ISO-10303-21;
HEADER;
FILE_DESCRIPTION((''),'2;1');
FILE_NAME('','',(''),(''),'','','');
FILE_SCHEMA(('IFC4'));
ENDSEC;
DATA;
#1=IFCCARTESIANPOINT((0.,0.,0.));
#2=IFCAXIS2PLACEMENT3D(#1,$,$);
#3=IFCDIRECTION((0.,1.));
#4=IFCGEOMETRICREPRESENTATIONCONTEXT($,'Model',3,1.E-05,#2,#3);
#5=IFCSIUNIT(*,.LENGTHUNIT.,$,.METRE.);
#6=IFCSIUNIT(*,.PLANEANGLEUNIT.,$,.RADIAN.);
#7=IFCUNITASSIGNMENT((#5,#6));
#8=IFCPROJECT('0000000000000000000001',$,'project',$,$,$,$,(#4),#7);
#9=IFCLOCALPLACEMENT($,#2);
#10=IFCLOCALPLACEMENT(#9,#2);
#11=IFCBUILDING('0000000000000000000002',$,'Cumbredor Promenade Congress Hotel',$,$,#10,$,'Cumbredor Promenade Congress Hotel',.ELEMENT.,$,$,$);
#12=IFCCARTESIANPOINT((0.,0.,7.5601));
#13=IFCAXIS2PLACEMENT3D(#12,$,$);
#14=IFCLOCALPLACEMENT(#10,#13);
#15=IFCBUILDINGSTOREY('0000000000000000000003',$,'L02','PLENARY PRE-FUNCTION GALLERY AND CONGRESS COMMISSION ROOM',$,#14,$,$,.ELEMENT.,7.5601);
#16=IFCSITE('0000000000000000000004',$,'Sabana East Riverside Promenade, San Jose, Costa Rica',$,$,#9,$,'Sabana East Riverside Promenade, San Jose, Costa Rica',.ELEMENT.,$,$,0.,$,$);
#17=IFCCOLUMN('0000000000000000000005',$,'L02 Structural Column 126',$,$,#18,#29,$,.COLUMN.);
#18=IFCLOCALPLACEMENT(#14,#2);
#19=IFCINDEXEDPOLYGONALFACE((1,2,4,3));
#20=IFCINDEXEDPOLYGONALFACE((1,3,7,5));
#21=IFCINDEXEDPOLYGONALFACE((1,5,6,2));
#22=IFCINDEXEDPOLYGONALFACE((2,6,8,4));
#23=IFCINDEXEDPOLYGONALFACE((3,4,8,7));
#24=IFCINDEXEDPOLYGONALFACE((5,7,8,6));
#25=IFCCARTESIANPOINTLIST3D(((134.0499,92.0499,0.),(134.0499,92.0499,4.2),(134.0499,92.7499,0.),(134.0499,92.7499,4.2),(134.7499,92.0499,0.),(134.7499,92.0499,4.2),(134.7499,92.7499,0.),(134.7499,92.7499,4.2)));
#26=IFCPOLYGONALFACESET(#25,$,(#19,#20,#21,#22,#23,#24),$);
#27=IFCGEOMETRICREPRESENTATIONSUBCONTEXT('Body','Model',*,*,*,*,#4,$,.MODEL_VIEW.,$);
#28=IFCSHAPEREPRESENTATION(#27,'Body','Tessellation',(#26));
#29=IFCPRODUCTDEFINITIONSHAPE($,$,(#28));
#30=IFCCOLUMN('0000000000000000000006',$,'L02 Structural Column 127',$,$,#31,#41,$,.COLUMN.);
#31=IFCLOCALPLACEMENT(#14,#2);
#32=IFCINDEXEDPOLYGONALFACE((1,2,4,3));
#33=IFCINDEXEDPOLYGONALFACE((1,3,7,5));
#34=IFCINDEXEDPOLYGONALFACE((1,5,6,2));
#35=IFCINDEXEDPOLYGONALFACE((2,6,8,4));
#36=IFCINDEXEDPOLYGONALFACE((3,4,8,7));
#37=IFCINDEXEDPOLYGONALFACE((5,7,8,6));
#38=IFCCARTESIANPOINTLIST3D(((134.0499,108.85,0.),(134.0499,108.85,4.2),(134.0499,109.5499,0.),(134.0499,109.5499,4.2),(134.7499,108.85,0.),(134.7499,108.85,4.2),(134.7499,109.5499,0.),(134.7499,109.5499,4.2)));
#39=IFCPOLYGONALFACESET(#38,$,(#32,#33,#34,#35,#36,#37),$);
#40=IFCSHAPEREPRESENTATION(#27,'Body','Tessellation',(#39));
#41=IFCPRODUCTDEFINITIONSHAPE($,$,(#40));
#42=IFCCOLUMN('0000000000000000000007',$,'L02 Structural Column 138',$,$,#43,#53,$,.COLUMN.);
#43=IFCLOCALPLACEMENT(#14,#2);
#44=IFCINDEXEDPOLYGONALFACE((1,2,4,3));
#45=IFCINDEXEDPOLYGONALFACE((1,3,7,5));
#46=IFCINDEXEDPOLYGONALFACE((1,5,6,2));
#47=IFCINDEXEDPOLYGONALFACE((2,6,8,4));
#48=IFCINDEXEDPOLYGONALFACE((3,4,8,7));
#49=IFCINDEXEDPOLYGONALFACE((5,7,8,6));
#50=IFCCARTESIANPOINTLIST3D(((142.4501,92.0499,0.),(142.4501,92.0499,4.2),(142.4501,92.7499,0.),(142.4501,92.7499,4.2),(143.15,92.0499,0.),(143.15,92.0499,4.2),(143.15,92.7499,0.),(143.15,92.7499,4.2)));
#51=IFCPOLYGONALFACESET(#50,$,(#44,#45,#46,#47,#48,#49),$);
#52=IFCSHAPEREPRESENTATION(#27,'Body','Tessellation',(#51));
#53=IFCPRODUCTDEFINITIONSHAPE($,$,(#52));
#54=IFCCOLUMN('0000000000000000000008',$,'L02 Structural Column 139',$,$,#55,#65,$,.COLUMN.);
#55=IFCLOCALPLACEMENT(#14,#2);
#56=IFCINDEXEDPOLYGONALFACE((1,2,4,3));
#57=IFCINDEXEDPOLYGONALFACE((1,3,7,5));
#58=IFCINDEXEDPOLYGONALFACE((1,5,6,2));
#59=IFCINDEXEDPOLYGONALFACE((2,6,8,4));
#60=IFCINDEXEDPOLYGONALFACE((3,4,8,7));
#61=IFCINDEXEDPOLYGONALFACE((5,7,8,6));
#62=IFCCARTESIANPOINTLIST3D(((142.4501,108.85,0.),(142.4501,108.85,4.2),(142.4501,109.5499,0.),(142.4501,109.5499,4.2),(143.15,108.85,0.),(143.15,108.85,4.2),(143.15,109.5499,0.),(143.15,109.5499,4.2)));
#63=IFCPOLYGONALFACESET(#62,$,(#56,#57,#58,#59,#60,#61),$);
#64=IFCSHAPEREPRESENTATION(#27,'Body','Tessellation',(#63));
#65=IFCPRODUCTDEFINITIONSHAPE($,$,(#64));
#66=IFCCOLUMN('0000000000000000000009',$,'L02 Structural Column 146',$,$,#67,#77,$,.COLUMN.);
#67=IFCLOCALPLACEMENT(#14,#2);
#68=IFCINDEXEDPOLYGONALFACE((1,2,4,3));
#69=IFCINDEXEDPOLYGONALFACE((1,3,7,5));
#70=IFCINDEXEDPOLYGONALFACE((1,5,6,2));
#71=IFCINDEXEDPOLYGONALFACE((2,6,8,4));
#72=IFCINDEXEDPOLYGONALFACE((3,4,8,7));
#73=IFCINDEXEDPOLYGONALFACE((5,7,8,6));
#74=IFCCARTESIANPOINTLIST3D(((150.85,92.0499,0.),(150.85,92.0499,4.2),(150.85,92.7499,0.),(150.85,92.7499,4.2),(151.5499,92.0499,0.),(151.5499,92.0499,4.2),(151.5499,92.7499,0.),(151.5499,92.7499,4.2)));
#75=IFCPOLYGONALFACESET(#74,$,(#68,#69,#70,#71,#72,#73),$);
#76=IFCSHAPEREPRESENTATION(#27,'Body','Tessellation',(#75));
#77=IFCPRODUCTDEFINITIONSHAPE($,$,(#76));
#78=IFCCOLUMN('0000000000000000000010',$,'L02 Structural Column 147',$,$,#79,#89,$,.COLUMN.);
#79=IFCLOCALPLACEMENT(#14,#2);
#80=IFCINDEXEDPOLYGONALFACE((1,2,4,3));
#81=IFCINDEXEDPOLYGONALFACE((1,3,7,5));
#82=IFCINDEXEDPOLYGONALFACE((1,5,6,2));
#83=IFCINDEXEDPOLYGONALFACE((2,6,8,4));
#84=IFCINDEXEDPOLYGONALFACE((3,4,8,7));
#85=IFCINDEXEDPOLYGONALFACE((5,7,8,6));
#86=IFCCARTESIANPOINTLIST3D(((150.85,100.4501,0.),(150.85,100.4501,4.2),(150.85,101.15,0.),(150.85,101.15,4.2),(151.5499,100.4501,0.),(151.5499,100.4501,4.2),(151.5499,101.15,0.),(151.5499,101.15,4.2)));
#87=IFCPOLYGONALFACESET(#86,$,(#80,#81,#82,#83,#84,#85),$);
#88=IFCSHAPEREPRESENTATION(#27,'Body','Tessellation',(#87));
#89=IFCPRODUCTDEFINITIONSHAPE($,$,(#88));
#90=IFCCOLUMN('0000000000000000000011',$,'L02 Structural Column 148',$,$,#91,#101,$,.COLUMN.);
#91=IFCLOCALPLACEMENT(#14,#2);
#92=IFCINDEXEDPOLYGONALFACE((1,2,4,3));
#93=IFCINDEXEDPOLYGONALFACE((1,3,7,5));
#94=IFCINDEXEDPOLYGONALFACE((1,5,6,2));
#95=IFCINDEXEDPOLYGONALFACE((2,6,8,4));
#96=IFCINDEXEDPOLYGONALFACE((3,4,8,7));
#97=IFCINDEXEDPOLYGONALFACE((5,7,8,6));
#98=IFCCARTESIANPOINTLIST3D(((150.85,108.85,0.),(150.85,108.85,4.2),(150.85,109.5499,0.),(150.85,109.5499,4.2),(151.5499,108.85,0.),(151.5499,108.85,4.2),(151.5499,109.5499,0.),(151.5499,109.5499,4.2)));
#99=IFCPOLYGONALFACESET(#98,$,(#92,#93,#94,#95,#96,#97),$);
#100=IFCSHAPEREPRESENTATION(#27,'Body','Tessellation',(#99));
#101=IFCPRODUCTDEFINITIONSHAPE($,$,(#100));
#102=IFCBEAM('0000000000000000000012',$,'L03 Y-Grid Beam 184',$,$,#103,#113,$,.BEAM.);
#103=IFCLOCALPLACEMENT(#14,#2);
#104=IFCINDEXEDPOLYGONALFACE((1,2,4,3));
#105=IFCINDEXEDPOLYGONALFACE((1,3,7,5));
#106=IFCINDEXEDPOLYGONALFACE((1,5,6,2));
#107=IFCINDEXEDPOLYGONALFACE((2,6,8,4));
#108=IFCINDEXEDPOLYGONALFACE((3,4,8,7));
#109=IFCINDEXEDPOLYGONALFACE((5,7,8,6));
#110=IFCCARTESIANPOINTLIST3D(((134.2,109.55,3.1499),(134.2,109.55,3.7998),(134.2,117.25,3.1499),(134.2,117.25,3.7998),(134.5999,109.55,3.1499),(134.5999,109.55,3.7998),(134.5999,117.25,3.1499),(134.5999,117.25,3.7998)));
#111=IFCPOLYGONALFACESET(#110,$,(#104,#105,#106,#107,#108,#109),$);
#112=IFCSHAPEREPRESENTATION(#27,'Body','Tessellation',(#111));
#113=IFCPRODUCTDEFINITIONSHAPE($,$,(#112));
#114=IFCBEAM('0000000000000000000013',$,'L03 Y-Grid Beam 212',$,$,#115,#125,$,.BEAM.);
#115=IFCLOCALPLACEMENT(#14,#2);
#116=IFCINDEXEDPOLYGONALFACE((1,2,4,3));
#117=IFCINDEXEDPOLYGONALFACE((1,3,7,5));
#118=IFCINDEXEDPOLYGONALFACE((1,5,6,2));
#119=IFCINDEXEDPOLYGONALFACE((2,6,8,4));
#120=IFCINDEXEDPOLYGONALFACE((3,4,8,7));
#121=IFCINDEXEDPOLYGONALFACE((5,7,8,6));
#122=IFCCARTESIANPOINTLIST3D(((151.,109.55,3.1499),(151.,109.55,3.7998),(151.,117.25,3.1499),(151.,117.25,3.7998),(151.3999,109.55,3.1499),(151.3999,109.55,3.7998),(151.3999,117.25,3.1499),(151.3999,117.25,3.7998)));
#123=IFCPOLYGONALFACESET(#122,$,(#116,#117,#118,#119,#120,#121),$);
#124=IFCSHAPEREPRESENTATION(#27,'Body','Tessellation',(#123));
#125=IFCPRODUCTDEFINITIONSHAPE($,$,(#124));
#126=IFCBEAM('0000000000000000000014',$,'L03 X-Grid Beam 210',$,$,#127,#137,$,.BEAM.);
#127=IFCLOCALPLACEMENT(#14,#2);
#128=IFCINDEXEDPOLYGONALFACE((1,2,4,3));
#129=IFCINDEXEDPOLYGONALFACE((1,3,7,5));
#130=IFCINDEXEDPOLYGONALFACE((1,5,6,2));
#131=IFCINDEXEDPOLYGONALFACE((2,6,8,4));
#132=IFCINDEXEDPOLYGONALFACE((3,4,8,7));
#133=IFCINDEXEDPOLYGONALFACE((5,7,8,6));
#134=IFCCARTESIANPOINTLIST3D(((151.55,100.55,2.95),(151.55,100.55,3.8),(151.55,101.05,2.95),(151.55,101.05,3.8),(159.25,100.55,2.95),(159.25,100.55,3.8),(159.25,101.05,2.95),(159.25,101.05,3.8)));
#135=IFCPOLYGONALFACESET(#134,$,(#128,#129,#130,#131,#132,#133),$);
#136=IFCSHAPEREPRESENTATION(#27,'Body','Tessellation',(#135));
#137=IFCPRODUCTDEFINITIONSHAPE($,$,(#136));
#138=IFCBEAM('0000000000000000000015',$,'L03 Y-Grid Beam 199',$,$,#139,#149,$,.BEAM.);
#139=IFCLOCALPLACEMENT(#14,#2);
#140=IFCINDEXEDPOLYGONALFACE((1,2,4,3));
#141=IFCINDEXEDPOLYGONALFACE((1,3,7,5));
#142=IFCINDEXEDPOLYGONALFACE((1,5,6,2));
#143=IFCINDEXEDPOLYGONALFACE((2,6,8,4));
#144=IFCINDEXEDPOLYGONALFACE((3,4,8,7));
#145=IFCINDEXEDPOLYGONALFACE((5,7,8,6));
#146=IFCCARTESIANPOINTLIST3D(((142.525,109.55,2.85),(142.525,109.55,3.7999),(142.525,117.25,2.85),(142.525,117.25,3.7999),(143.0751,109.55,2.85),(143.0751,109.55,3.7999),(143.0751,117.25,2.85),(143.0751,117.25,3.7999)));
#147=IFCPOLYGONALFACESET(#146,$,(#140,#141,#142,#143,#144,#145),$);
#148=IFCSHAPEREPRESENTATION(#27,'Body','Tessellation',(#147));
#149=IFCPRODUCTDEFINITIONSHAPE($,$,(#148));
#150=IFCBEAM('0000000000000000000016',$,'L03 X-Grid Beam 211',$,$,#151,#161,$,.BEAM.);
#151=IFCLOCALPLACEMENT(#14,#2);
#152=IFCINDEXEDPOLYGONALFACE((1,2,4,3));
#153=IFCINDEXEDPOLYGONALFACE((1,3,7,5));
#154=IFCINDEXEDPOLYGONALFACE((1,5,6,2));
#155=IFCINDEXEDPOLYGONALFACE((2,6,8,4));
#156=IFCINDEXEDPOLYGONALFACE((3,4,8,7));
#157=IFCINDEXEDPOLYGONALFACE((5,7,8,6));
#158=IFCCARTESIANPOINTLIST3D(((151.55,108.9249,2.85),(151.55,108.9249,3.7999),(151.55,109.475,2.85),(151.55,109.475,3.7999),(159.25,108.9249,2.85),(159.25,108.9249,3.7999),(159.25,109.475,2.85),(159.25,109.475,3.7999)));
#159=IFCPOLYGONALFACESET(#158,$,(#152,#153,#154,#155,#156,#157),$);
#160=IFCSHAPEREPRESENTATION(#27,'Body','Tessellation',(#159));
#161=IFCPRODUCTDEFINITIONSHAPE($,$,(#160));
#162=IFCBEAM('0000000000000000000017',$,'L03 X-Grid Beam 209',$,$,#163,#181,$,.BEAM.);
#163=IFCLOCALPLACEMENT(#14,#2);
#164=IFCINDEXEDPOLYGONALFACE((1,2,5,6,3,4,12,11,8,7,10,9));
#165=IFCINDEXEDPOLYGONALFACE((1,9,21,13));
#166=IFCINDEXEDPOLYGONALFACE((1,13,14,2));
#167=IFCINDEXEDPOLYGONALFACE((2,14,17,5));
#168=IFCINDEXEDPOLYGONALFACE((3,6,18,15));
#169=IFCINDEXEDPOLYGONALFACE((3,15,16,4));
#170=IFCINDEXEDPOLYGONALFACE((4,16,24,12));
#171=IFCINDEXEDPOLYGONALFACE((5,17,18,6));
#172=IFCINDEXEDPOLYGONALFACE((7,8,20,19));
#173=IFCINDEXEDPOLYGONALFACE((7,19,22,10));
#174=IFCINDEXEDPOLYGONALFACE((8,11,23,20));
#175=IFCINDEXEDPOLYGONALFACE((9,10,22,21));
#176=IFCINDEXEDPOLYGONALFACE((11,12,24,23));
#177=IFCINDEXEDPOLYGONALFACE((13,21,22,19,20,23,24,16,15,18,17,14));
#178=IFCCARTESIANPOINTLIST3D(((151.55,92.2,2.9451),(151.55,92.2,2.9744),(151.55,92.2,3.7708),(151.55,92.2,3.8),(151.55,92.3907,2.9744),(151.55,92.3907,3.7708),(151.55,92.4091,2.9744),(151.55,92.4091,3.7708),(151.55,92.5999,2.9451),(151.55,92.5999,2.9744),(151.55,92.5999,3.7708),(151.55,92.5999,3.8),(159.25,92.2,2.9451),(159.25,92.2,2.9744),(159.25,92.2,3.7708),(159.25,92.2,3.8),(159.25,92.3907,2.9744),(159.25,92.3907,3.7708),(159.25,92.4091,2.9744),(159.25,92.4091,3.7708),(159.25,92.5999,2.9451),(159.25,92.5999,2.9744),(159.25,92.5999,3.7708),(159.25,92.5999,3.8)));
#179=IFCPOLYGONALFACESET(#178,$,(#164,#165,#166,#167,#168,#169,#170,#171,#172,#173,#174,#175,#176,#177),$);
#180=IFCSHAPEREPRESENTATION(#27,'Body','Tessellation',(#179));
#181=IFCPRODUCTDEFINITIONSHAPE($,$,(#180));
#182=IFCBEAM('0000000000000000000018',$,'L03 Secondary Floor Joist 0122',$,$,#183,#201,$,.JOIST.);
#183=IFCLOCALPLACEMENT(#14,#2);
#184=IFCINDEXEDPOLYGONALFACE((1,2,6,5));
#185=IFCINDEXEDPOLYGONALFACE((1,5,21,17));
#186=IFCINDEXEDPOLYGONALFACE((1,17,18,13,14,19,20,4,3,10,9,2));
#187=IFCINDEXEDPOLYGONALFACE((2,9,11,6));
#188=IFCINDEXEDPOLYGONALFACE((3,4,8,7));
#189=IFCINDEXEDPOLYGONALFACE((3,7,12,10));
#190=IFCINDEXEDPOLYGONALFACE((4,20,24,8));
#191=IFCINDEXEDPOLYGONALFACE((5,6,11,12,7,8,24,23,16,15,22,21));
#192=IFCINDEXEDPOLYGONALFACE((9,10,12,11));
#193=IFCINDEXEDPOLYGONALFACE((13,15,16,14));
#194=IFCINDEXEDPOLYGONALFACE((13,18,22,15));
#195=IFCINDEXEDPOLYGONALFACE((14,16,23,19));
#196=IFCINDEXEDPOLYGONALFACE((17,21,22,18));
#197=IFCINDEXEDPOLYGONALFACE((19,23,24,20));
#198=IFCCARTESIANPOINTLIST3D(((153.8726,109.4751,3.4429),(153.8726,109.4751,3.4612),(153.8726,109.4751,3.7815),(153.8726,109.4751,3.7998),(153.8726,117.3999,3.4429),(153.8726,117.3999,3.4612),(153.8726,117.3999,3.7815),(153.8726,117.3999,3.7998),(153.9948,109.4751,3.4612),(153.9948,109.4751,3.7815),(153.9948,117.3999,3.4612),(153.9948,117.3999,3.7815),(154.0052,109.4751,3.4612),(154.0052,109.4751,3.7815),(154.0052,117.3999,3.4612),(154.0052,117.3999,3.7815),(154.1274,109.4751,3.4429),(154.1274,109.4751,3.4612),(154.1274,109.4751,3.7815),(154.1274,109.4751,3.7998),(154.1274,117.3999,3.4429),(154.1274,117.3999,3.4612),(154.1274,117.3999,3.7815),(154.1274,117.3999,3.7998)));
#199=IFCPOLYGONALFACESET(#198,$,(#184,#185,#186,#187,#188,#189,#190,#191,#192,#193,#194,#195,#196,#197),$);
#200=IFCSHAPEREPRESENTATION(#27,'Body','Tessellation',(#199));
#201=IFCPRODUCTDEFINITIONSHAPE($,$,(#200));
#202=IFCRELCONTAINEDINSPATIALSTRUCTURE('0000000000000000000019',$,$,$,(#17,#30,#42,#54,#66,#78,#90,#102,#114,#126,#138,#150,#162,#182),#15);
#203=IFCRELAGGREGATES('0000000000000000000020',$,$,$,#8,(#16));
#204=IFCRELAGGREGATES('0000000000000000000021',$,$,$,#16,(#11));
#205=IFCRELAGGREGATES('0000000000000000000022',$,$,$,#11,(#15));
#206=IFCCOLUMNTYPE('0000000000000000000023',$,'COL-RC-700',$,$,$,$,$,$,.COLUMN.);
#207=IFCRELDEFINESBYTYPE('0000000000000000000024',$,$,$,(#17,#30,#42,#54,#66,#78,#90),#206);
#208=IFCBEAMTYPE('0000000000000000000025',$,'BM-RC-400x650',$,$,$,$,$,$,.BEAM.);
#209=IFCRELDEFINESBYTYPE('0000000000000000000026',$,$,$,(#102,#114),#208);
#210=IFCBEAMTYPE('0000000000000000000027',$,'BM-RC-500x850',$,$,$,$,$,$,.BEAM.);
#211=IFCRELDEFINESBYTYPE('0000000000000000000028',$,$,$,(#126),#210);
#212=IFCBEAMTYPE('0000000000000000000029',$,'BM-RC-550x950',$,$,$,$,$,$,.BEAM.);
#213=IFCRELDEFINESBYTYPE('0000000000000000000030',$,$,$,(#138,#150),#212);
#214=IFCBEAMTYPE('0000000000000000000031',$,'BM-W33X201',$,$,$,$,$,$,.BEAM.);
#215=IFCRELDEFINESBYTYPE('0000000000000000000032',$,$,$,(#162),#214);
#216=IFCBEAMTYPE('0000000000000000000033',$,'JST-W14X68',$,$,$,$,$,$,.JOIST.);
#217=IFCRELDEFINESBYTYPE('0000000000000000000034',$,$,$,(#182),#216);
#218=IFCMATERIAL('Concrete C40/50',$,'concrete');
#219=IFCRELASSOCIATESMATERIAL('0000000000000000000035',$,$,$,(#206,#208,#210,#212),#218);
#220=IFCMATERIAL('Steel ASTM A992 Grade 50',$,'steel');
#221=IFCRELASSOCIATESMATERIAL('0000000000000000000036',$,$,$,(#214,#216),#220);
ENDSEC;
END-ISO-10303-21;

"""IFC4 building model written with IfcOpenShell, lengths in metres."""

from ifc_helpers import new_model, si_unit, direction, frame, origin, origin_2d, place, context, subcontext, project, spatial, rectangle, i_section, extrude, material, material_profile, profile_set, type_object, element, save


model = new_model("IFC4")

# Units and contexts
model_context = context("Model", 3, precision=1e-05, world=origin(), true_north=direction((0.0, 1.0)))
body_context = subcontext(model_context, "Body", "Model", "MODEL_VIEW")
ifc_project = project(units=[si_unit("LENGTHUNIT", "METRE"), si_unit("PLANEANGLEUNIT", "RADIAN")], contexts=[model_context])

# Site, building, storey
site_placement = place(None, origin())
site = spatial("IfcSite", under=ifc_project, at=site_placement, Name="Sabana East Riverside Promenade, San Jose, Costa Rica", LongName="Sabana East Riverside Promenade, San Jose, Costa Rica", CompositionType="ELEMENT", RefElevation=0.0)
building_placement = place(site_placement, origin())
building = spatial("IfcBuilding", under=site, at=building_placement, Name="Cumbredor Promenade Congress Hotel", LongName="Cumbredor Promenade Congress Hotel", CompositionType="ELEMENT")
storey_placement = place(building_placement, frame((0.0, 0.0, 7.5601)))
storey = spatial("IfcBuildingStorey", under=building, at=storey_placement, Name="L02", Description="PLENARY PRE-FUNCTION GALLERY AND CONGRESS COMMISSION ROOM", CompositionType="ELEMENT", Elevation=7.5601)

# Columns
ifc_material_1 = material(Name="Concrete C40/50", Category="concrete")
ifc_material_profile_1 = material_profile(ifc_material_1, rectangle(XDim=0.7, YDim=0.7, at=origin_2d()), Name="RC 700x700")
ifc_profile_set_1 = profile_set([ifc_material_profile_1], Name="Concrete C40/50")
column_type = type_object("IfcColumnType", Name="COL-RC-700", PredefinedType="COLUMN", material=ifc_profile_set_1)
for number, where, z_axis, x_axis, name in (
    (1, (134.3999, 92.3999, 0.0), (0.0, 0.0, 1.0), (1.0, 0.0, 0.0), "L02 Structural Column 126"),
    (2, (134.3999, 109.2, 0.0), (0.0, 0.0, 1.0), (1.0, 0.0, 0.0), "L02 Structural Column 127"),
    (3, (142.8, 92.3999, 0.0), (0.0, 0.0, 1.0), (1.0, 0.0, 0.0), "L02 Structural Column 138"),
    (4, (142.8, 109.2, 0.0), (0.0, 0.0, 1.0), (1.0, 0.0, 0.0), "L02 Structural Column 139"),
    (5, (151.2, 92.3999, 0.0), (0.0, 0.0, 1.0), (1.0, 0.0, 0.0), "L02 Structural Column 146"),
    (6, (151.2, 100.8, 0.0), (0.0, 0.0, 1.0), (1.0, 0.0, 0.0), "L02 Structural Column 147"),
    (7, (151.2, 109.2, 0.0), (0.0, 0.0, 1.0), (1.0, 0.0, 0.0), "L02 Structural Column 148"),
):
    element("IfcColumn", number, at=place(storey_placement, frame(where, z_axis=z_axis, x_axis=x_axis)), inside=storey, type_object=column_type, Name=name, PredefinedType="COLUMN", context=body_context, shape_type="SweptSolid", body=[
        extrude(rectangle(XDim=0.7, YDim=0.7, at=origin_2d()), origin(), (0.0, 0.0, 1.0), 4.2),
    ])

# Beams
ifc_material_profile_2 = material_profile(ifc_material_1, rectangle(XDim=0.3999, YDim=0.6499, at=origin_2d()), Name="RC BEAM 400x650")
ifc_profile_set_2 = profile_set([ifc_material_profile_2], Name="Concrete C40/50")
beam_type_1 = type_object("IfcBeamType", Name="BM-RC-400x650", PredefinedType="BEAM", material=ifc_profile_set_2)
for number, where, z_axis, x_axis, name in (
    (8, (134.3999, 109.55, 3.4749), (0.0, 1.0, 0.0), (-1.0, 0.0, 0.0), "L03 Y-Grid Beam 184"),
    (9, (151.2, 109.55, 3.4749), (0.0, 1.0, 0.0), (-1.0, 0.0, 0.0), "L03 Y-Grid Beam 212"),
):
    element("IfcBeam", number, at=place(storey_placement, frame(where, z_axis=z_axis, x_axis=x_axis)), inside=storey, type_object=beam_type_1, Name=name, PredefinedType="BEAM", context=body_context, shape_type="SweptSolid", body=[
        extrude(rectangle(XDim=0.3999, YDim=0.6499, at=origin_2d()), origin(), (0.0, 0.0, 1.0), 7.7),
    ])
ifc_material_profile_3 = material_profile(ifc_material_1, rectangle(XDim=0.5, YDim=0.8501, at=origin_2d()), Name="RC BEAM 500x850")
ifc_profile_set_3 = profile_set([ifc_material_profile_3], Name="Concrete C40/50")
beam_type_2 = type_object("IfcBeamType", Name="BM-RC-500x850", PredefinedType="BEAM", material=ifc_profile_set_3)
beam_1_placement = place(storey_placement, frame((151.55, 100.8, 3.375), z_axis=(1.0, 0.0, 0.0), x_axis=(0.0, 1.0, 0.0)))
element("IfcBeam", 10, at=beam_1_placement, inside=storey, type_object=beam_type_2, Name="L03 X-Grid Beam 210", PredefinedType="BEAM", context=body_context, shape_type="SweptSolid", body=[
    extrude(rectangle(XDim=0.5, YDim=0.8501, at=origin_2d()), origin(), (0.0, 0.0, 1.0), 7.7),
])
ifc_material_profile_4 = material_profile(ifc_material_1, rectangle(XDim=0.55, YDim=0.95, at=origin_2d()), Name="RC BEAM 550x950")
ifc_profile_set_4 = profile_set([ifc_material_profile_4], Name="Concrete C40/50")
beam_type_3 = type_object("IfcBeamType", Name="BM-RC-550x950", PredefinedType="BEAM", material=ifc_profile_set_4)
for number, where, z_axis, x_axis, name in (
    (11, (142.8, 109.55, 3.325), (0.0, 1.0, 0.0), (-1.0, 0.0, 0.0), "L03 Y-Grid Beam 199"),
    (12, (151.55, 109.2, 3.325), (1.0, 0.0, 0.0), (0.0, 1.0, 0.0), "L03 X-Grid Beam 211"),
):
    element("IfcBeam", number, at=place(storey_placement, frame(where, z_axis=z_axis, x_axis=x_axis)), inside=storey, type_object=beam_type_3, Name=name, PredefinedType="BEAM", context=body_context, shape_type="SweptSolid", body=[
        extrude(rectangle(XDim=0.55, YDim=0.95, at=origin_2d()), origin(), (0.0, 0.0, 1.0), 7.7),
    ])
ifc_material_2 = material(Name="Steel ASTM A992 Grade 50", Category="steel")
ifc_material_profile_5 = material_profile(ifc_material_2, i_section(OverallWidth=0.3999, OverallDepth=0.855, WebThickness=0.0183, FlangeThickness=0.0293, at=origin_2d()), Name="W33X201")
ifc_profile_set_5 = profile_set([ifc_material_profile_5], Name="Steel ASTM A992 Grade 50")
beam_type_4 = type_object("IfcBeamType", Name="BM-W33X201", PredefinedType="BEAM", material=ifc_profile_set_5)
beam_2_placement = place(storey_placement, frame((151.55, 92.3999, 3.3726), z_axis=(1.0, 0.0, 0.0), x_axis=(0.0, 1.0, 0.0)))
element("IfcBeam", 13, at=beam_2_placement, inside=storey, type_object=beam_type_4, Name="L03 X-Grid Beam 209", PredefinedType="BEAM", context=body_context, shape_type="SweptSolid", body=[
    extrude(i_section(OverallWidth=0.3999, OverallDepth=0.855, WebThickness=0.0183, FlangeThickness=0.0293, at=origin_2d()), origin(), (0.0, 0.0, 1.0), 7.7),
])
ifc_material_profile_6 = material_profile(ifc_material_2, i_section(OverallWidth=0.2549, OverallDepth=0.3569, WebThickness=0.0105, FlangeThickness=0.0183, at=origin_2d()), Name="W14X68")
ifc_profile_set_6 = profile_set([ifc_material_profile_6], Name="Steel ASTM A992 Grade 50")
beam_type_5 = type_object("IfcBeamType", Name="JST-W14X68", PredefinedType="JOIST", material=ifc_profile_set_6)
beam_3_placement = place(storey_placement, frame((154.0, 109.4751, 3.6213), z_axis=(0.0, 1.0, 0.0), x_axis=(-1.0, 0.0, 0.0)))
element("IfcBeam", 14, at=beam_3_placement, inside=storey, type_object=beam_type_5, Name="L03 Secondary Floor Joist 0122", PredefinedType="JOIST", context=body_context, shape_type="SweptSolid", body=[
    extrude(i_section(OverallWidth=0.2549, OverallDepth=0.3569, WebThickness=0.0105, FlangeThickness=0.0183, at=origin_2d()), origin(), (0.0, 0.0, 1.0), 7.9248),
])

save(model, "model.ifc")
